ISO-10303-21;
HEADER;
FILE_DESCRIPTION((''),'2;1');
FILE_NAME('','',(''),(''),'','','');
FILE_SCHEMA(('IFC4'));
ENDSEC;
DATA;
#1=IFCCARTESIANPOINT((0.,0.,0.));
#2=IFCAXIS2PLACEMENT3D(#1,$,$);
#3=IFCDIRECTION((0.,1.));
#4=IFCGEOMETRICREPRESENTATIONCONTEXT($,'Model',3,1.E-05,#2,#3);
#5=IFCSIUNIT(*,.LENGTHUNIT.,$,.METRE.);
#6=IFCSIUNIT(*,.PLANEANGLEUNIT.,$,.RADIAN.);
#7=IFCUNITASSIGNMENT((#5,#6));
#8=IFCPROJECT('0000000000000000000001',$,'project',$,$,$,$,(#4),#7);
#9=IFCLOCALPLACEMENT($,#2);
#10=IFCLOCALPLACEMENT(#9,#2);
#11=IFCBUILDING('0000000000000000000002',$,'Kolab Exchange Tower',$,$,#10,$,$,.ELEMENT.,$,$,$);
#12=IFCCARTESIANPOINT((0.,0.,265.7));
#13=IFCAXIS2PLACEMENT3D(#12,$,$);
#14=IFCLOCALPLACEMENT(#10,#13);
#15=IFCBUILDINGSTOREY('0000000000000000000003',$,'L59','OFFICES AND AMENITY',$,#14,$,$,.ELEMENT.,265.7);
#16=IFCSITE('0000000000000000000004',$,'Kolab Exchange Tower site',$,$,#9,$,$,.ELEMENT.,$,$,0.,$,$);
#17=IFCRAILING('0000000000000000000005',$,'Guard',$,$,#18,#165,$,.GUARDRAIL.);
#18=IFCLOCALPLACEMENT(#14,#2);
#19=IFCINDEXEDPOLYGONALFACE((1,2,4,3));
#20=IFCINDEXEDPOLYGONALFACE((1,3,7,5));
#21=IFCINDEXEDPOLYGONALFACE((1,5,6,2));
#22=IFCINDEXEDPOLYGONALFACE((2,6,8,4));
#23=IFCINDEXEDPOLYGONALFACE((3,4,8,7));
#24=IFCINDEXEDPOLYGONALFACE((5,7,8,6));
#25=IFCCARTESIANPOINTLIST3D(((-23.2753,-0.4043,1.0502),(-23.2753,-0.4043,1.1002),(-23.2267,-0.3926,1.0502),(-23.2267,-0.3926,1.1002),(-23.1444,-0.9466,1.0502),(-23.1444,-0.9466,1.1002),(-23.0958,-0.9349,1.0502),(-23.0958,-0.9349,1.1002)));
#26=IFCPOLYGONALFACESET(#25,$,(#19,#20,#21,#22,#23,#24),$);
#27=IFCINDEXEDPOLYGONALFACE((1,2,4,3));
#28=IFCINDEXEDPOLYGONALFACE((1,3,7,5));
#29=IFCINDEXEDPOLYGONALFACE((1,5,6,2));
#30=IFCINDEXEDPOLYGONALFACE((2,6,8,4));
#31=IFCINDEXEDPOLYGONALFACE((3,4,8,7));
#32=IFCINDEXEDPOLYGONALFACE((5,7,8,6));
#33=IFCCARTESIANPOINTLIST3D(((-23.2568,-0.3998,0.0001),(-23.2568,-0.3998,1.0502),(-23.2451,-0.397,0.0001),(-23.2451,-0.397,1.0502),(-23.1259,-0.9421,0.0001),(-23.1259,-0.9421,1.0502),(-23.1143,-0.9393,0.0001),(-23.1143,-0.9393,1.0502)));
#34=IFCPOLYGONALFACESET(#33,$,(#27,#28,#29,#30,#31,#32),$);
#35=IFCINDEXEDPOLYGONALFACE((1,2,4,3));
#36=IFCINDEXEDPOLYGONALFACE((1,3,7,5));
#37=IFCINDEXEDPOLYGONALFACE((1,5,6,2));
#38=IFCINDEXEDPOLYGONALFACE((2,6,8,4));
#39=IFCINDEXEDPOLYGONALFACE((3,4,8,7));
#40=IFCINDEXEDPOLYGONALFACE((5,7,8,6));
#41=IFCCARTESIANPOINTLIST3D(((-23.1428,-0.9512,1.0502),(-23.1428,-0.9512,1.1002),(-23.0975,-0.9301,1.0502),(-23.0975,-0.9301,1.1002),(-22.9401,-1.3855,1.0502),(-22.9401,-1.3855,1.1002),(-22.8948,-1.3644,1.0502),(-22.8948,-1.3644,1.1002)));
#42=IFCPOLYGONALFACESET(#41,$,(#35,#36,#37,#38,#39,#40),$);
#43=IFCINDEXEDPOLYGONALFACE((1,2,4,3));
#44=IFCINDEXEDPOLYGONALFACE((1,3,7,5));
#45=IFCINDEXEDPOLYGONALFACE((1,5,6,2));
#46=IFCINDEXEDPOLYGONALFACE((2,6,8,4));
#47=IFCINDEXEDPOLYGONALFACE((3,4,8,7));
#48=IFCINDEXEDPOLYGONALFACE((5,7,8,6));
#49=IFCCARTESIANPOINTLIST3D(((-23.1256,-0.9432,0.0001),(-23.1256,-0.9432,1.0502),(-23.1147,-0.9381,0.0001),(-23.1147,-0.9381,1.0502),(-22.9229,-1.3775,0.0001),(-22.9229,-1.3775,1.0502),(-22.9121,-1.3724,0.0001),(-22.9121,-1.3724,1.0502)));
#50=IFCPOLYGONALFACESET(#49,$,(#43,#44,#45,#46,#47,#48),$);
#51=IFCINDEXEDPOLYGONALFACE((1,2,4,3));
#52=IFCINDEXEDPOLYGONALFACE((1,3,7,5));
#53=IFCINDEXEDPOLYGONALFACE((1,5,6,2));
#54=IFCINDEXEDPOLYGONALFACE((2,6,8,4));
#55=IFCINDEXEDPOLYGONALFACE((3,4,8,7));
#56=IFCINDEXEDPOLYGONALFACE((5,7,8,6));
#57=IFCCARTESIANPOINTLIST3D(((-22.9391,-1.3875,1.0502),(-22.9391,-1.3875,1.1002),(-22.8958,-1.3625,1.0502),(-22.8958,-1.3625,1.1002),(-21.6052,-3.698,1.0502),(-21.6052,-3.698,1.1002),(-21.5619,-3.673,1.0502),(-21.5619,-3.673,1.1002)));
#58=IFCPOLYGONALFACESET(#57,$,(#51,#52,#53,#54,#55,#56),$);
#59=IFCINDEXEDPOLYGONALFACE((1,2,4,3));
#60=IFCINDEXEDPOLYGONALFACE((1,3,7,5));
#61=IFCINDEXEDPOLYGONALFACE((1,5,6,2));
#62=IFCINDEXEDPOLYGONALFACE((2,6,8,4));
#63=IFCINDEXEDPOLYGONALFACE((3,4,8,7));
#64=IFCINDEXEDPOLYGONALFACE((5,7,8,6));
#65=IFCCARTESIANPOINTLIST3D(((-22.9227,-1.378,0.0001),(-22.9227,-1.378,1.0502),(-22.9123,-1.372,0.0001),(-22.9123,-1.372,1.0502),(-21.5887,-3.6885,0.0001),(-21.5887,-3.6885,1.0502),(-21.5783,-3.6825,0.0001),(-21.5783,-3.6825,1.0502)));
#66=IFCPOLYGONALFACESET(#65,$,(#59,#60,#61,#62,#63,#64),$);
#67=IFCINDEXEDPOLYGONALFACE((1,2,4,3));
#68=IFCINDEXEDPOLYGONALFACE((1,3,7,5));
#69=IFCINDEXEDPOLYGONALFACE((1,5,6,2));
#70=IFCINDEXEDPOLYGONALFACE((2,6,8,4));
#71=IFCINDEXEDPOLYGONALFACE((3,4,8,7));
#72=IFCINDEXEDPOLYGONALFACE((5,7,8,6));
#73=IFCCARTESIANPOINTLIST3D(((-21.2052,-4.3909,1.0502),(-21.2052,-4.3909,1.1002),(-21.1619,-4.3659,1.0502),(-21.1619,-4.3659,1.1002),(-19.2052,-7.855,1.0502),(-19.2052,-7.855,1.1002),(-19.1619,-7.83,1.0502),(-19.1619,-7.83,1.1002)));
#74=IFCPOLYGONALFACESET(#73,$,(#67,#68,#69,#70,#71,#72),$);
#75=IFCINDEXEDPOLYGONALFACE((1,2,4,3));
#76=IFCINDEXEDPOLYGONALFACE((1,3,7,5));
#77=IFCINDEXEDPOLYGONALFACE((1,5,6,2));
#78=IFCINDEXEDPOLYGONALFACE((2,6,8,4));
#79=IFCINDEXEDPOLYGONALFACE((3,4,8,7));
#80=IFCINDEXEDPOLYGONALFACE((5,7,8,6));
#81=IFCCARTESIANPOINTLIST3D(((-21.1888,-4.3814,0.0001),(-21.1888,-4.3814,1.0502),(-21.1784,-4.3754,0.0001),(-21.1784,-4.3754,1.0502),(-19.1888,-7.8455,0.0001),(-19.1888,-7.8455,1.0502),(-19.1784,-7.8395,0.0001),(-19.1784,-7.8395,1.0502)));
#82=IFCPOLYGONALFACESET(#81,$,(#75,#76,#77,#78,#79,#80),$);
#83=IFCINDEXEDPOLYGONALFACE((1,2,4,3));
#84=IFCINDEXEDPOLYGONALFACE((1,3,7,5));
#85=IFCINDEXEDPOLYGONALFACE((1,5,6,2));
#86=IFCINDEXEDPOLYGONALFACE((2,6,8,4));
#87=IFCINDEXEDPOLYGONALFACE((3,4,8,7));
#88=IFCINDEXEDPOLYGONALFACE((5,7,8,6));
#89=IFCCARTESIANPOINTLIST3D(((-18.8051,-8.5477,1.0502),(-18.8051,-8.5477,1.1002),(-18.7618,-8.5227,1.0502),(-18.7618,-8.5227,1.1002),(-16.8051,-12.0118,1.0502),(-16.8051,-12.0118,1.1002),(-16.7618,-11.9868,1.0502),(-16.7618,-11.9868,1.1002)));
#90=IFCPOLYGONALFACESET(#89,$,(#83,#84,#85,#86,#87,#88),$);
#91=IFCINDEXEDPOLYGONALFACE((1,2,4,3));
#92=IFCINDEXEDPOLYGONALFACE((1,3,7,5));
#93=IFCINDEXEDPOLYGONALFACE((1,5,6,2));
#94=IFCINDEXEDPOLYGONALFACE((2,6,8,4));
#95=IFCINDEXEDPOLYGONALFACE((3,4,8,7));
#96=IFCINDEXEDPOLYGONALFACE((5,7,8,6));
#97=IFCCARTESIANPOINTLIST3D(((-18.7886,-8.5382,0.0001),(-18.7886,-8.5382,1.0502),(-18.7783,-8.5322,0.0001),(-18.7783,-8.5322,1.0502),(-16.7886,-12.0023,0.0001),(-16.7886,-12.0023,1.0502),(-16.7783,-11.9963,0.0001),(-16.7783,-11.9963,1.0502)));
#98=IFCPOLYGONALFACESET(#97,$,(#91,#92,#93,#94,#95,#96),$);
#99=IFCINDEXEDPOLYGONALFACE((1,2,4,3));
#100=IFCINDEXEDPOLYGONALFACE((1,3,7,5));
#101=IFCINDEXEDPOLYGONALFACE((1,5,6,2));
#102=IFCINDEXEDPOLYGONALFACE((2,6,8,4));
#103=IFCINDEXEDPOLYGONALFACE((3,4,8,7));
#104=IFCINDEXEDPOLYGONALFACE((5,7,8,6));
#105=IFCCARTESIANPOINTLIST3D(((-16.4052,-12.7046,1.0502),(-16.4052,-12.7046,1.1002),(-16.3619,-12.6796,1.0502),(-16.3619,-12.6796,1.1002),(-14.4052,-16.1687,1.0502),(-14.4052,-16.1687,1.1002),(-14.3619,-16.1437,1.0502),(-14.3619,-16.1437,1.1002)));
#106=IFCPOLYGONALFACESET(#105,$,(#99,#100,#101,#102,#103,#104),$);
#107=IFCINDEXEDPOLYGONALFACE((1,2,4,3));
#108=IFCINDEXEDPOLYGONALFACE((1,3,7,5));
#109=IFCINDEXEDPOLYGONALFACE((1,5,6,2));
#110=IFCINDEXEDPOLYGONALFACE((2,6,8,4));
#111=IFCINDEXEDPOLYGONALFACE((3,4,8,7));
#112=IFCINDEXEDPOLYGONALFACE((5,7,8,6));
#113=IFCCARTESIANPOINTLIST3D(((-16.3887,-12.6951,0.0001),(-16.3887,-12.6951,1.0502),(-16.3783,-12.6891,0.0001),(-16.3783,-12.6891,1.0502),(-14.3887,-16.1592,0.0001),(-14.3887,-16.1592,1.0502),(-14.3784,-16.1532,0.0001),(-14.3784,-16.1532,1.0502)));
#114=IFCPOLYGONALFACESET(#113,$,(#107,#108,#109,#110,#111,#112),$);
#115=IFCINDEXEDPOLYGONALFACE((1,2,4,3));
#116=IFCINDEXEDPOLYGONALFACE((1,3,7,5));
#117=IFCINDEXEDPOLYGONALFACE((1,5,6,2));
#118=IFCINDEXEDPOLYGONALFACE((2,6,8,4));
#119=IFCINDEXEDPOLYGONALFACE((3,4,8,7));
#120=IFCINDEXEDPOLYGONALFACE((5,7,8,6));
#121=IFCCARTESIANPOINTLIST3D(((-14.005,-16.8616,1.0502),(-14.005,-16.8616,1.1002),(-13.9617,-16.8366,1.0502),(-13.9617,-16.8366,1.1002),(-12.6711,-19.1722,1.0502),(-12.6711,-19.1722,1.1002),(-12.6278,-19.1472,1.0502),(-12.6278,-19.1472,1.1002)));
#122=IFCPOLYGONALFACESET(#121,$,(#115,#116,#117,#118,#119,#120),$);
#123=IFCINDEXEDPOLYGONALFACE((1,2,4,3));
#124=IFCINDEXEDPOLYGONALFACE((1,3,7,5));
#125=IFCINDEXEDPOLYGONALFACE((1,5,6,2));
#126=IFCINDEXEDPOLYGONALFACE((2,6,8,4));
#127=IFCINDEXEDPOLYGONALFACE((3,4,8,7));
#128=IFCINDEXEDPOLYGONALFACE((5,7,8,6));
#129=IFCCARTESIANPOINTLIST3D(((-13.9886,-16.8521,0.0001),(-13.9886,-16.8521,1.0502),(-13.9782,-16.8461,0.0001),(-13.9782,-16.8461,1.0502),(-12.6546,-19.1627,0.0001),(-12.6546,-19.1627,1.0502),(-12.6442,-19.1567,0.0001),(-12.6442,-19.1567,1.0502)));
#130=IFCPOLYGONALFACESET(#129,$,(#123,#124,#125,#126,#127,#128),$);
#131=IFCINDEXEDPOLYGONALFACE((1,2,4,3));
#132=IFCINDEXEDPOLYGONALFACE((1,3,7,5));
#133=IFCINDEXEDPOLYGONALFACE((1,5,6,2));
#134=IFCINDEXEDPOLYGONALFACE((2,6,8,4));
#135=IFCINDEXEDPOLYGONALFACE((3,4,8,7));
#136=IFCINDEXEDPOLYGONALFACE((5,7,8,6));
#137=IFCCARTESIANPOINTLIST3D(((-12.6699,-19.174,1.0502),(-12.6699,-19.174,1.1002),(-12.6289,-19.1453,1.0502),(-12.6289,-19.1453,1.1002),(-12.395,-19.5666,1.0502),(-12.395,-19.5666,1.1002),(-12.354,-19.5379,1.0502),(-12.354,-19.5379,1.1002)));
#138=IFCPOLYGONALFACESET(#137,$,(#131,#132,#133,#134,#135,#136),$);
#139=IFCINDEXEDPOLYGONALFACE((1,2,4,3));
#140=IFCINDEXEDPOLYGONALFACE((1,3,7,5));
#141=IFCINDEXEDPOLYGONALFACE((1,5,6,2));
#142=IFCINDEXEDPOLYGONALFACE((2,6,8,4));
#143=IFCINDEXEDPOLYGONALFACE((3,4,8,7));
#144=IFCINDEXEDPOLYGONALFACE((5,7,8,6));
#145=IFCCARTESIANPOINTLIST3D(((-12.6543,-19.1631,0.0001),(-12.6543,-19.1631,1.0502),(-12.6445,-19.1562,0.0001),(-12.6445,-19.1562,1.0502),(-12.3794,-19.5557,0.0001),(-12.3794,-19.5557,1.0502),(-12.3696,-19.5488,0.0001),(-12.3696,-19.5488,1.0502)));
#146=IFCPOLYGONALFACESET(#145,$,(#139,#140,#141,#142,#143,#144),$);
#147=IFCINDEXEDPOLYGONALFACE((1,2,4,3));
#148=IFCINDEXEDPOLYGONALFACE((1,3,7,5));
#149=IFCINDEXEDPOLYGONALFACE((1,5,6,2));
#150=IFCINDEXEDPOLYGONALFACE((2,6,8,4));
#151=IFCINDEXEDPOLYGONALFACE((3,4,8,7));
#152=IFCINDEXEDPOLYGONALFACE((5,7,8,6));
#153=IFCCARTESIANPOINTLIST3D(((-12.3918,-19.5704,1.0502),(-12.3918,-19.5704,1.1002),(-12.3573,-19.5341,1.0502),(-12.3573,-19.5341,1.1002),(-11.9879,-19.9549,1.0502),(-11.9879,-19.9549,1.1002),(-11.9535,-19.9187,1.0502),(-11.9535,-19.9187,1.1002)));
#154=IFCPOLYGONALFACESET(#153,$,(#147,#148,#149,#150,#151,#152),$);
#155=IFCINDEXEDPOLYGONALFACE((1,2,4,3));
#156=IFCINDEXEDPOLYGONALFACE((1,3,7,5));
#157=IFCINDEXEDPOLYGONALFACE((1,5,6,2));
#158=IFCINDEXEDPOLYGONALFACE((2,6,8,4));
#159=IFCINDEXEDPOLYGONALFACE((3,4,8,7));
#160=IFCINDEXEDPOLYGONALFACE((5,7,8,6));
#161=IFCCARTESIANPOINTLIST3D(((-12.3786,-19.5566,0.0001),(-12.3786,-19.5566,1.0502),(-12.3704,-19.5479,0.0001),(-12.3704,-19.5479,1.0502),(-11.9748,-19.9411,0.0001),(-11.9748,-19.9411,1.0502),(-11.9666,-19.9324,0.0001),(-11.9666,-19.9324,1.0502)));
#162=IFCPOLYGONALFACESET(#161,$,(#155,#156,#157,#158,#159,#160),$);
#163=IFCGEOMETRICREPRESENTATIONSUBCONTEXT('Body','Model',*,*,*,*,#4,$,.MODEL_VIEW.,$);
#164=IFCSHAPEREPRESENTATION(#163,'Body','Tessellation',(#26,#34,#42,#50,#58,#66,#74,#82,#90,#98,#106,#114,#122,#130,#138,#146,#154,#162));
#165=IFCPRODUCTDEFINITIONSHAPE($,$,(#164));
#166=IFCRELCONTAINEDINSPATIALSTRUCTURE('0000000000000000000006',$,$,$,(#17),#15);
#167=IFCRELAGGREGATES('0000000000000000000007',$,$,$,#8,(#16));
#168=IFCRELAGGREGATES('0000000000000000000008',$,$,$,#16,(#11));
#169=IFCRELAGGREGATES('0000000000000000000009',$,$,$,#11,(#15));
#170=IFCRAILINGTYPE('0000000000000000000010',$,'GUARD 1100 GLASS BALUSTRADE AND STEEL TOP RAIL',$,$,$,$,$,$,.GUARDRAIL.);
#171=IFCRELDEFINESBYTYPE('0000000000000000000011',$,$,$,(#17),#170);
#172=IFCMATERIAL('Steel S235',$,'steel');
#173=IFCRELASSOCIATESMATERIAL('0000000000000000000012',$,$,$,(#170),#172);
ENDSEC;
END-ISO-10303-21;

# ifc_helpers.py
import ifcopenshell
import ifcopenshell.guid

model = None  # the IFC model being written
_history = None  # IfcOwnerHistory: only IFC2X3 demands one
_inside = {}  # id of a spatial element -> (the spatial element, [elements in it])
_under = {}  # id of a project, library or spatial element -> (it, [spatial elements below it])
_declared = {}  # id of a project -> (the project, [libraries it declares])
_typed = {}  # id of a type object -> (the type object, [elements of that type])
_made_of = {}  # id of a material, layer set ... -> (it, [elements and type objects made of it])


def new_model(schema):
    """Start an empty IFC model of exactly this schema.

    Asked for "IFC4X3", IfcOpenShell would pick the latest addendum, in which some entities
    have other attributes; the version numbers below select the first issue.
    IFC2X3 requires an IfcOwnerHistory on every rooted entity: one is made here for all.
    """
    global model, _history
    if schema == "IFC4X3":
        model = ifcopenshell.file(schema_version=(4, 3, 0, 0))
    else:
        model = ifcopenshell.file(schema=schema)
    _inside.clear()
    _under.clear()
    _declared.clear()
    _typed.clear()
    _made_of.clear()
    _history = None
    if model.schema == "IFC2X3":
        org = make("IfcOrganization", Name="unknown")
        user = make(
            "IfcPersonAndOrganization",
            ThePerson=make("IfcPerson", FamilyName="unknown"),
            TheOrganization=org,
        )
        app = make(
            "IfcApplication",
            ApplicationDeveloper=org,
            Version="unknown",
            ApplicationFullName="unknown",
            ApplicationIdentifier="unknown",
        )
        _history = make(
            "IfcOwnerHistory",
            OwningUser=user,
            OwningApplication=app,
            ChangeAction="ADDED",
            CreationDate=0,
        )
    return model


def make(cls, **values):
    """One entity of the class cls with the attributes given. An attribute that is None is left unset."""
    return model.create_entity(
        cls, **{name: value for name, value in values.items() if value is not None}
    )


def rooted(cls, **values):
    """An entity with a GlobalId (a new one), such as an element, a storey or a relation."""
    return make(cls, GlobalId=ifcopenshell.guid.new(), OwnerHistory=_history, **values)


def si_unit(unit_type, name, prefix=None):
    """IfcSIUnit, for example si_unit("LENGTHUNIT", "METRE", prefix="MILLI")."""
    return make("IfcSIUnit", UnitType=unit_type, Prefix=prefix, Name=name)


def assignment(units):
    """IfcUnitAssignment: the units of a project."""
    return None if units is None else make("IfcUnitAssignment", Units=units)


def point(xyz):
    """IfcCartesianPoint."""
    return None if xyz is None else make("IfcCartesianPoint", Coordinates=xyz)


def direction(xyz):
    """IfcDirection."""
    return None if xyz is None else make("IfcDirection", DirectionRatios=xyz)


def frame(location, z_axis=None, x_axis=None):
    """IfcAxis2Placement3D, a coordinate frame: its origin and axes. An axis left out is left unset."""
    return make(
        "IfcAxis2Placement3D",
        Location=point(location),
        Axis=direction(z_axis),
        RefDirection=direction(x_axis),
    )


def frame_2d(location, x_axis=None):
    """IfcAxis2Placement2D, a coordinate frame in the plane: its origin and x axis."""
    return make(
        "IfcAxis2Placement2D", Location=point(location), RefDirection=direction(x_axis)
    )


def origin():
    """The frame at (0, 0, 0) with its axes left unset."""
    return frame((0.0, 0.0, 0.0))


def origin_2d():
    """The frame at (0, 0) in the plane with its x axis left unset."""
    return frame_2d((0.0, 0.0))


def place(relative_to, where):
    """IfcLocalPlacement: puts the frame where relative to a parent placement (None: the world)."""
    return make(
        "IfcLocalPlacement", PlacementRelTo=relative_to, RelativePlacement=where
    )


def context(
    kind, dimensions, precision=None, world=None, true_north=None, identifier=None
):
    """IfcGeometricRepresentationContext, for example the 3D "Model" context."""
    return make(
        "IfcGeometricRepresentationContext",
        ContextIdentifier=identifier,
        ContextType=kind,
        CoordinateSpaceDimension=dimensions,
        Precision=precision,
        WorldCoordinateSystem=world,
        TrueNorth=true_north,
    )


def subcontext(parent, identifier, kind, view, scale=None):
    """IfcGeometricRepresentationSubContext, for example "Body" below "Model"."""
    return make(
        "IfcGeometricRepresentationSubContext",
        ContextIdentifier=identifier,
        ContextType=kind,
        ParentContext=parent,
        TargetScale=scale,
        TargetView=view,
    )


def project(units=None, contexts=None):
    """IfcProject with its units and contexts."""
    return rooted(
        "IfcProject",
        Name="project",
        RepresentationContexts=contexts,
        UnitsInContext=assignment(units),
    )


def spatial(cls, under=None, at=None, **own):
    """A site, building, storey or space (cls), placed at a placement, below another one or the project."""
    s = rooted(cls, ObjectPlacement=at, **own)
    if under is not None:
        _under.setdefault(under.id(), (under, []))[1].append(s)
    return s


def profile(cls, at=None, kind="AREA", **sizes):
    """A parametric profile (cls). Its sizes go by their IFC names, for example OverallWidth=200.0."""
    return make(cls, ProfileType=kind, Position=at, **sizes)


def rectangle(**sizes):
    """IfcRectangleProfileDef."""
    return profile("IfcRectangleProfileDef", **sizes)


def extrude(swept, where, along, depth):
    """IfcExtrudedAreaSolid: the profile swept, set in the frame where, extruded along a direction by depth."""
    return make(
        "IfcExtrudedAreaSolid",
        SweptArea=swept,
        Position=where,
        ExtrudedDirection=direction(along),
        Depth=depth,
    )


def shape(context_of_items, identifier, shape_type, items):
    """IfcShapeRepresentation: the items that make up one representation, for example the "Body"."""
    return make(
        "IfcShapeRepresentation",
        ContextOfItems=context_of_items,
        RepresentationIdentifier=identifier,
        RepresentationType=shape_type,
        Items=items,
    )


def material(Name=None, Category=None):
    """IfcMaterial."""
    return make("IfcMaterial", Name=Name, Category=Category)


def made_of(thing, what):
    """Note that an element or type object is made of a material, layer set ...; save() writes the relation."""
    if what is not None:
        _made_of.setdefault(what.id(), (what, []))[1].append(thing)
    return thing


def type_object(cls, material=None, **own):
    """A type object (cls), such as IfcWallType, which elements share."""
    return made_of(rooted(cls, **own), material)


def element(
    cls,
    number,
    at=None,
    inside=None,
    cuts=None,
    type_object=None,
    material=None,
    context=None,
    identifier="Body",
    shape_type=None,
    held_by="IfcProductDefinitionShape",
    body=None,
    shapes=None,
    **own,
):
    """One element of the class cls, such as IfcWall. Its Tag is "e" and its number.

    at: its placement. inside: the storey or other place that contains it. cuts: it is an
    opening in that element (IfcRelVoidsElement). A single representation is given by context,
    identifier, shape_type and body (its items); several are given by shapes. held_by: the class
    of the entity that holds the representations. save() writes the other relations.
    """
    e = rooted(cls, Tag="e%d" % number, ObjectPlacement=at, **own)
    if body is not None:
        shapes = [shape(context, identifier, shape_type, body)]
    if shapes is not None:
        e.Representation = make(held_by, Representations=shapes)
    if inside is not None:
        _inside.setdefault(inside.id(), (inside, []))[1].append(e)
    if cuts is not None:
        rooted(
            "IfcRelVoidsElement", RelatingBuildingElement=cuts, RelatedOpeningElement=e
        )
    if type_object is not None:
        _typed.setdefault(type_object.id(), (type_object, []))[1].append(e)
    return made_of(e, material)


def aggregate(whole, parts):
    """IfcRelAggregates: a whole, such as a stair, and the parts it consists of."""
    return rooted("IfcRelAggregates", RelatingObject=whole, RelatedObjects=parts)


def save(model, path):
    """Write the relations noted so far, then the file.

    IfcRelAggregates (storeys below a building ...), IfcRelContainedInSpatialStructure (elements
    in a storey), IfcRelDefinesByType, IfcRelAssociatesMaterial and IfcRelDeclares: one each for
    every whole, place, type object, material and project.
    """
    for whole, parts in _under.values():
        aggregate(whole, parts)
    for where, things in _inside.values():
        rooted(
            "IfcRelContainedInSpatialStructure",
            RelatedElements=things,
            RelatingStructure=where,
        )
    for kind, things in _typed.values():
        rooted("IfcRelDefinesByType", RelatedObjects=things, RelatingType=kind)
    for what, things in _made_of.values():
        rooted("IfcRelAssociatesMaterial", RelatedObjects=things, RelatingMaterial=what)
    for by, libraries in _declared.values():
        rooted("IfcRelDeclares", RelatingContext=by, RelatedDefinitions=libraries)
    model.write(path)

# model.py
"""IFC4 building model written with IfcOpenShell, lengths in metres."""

from ifc_helpers import new_model, si_unit, direction, frame, frame_2d, origin, origin_2d, place, context, subcontext, project, spatial, rectangle, extrude, material, type_object, element, save


model = new_model("IFC4")

# Units and contexts
model_context = context("Model", 3, precision=1e-05, world=origin(), true_north=direction((0.0, 1.0)))
body_context = subcontext(model_context, "Body", "Model", "MODEL_VIEW")
ifc_project = project(units=[si_unit("LENGTHUNIT", "METRE"), si_unit("PLANEANGLEUNIT", "RADIAN")], contexts=[model_context])

# Site, building, storey
site_placement = place(None, origin())
site = spatial("IfcSite", under=ifc_project, at=site_placement, Name="Kolab Exchange Tower site", CompositionType="ELEMENT", RefElevation=0.0)
building_placement = place(site_placement, origin())
building = spatial("IfcBuilding", under=site, at=building_placement, Name="Kolab Exchange Tower", CompositionType="ELEMENT")
storey_placement = place(building_placement, frame((0.0, 0.0, 265.7)))
storey = spatial("IfcBuildingStorey", under=building, at=storey_placement, Name="L59", Description="OFFICES AND AMENITY", CompositionType="ELEMENT", Elevation=265.7)

# Railing
ifc_material_1 = material(Name="Steel S235", Category="steel")
railing_type = type_object("IfcRailingType", Name="GUARD 1100 GLASS BALUSTRADE AND STEEL TOP RAIL", PredefinedType="GUARDRAIL", material=ifc_material_1)
railing_placement = place(storey_placement, frame((-23.251, -0.3984, 0.0)))
element("IfcRailing", 1, at=railing_placement, inside=storey, type_object=railing_type, Name="Guard", PredefinedType="GUARDRAIL", context=body_context, shape_type="SweptSolid", body=[
    extrude(rectangle(XDim=0.05, YDim=0.05, at=origin_2d()), frame((0.0, 0.0, 1.0752), z_axis=(0.234598, -0.972093, 0.0), x_axis=(0.972093, 0.234598, 0.0)), (0.0, 0.0, 1.0), 0.5579),
    extrude(rectangle(XDim=0.012, YDim=1.0501, at=frame_2d((0.0, 0.5251))), frame((0.0, 0.0, 0.0), z_axis=(0.234598, -0.972093, 0.0), x_axis=(0.972093, 0.234598, 0.0)), (0.0, 0.0, 1.0), 0.5579),
    extrude(rectangle(XDim=0.05, YDim=0.05, at=origin_2d()), frame((0.1309, -0.5422, 1.0752), z_axis=(0.422802, -0.906222, 0.0), x_axis=(0.906222, 0.422802, 0.0)), (0.0, 0.0, 1.0), 0.4792),
    extrude(rectangle(XDim=0.012, YDim=1.0501, at=frame_2d((0.0, 0.5251))), frame((0.1309, -0.5422, 0.0), z_axis=(0.422802, -0.906222, 0.0), x_axis=(0.906222, 0.422802, 0.0)), (0.0, 0.0, 1.0), 0.4792),
    extrude(rectangle(XDim=0.05, YDim=0.05, at=origin_2d()), frame((0.3335, -0.9766, 1.0752), z_axis=(0.499997, -0.866027, 0.0), x_axis=(0.866027, 0.499997, 0.0)), (0.0, 0.0, 1.0), 2.668),
    extrude(rectangle(XDim=0.012, YDim=1.0501, at=frame_2d((0.0, 0.5251))), frame((0.3335, -0.9766, 0.0), z_axis=(0.499997, -0.866027, 0.0), x_axis=(0.866027, 0.499997, 0.0)), (0.0, 0.0, 1.0), 2.668),
    extrude(rectangle(XDim=0.05, YDim=0.05, at=origin_2d()), frame((2.0674, -3.98, 1.0752), z_axis=(0.499999, -0.866026, 0.0), x_axis=(0.866026, 0.499999, 0.0)), (0.0, 0.0, 1.0), 4.0),
    extrude(rectangle(XDim=0.012, YDim=1.0501, at=frame_2d((0.0, 0.5251))), frame((2.0674, -3.98, 0.0), z_axis=(0.499999, -0.866026, 0.0), x_axis=(0.866026, 0.499999, 0.0)), (0.0, 0.0, 1.0), 4.0),
    extrude(rectangle(XDim=0.05, YDim=0.05, at=origin_2d()), frame((4.4675, -8.1367, 1.0752), z_axis=(0.499999, -0.866026, 0.0), x_axis=(0.866026, 0.499999, 0.0)), (0.0, 0.0, 1.0), 4.0),
    extrude(rectangle(XDim=0.012, YDim=1.0501, at=frame_2d((0.0, 0.5251))), frame((4.4675, -8.1367, 0.0), z_axis=(0.499999, -0.866026, 0.0), x_axis=(0.866026, 0.499999, 0.0)), (0.0, 0.0, 1.0), 4.0),
    extrude(rectangle(XDim=0.05, YDim=0.05, at=origin_2d()), frame((6.8674, -12.2937, 1.0752), z_axis=(0.499999, -0.866026, 0.0), x_axis=(0.866026, 0.499999, 0.0)), (0.0, 0.0, 1.0), 4.0),
    extrude(rectangle(XDim=0.012, YDim=1.0501, at=frame_2d((0.0, 0.5251))), frame((6.8674, -12.2937, 0.0), z_axis=(0.499999, -0.866026, 0.0), x_axis=(0.866026, 0.499999, 0.0)), (0.0, 0.0, 1.0), 4.0),
    extrude(rectangle(XDim=0.05, YDim=0.05, at=origin_2d()), frame((9.2676, -16.4507, 1.0752), z_axis=(0.499997, -0.866027, 0.0), x_axis=(0.866027, 0.499997, 0.0)), (0.0, 0.0, 1.0), 2.668),
    extrude(rectangle(XDim=0.012, YDim=1.0501, at=frame_2d((0.0, 0.5251))), frame((9.2676, -16.4507, 0.0), z_axis=(0.499997, -0.866027, 0.0), x_axis=(0.866027, 0.499997, 0.0)), (0.0, 0.0, 1.0), 2.668),
    extrude(rectangle(XDim=0.05, YDim=0.05, at=origin_2d()), frame((10.6016, -18.7612, 1.0752), z_axis=(0.573599, -0.819136, 0.0), x_axis=(0.819136, 0.573599, 0.0)), (0.0, 0.0, 1.0), 0.4792),
    extrude(rectangle(XDim=0.012, YDim=1.0501, at=frame_2d((0.0, 0.5251))), frame((10.6016, -18.7612, 0.0), z_axis=(0.573599, -0.819136, 0.0), x_axis=(0.819136, 0.573599, 0.0)), (0.0, 0.0, 1.0), 0.4792),
    extrude(rectangle(XDim=0.05, YDim=0.05, at=origin_2d()), frame((10.8765, -19.1538, 1.0752), z_axis=(0.72419, -0.689601, 0.0), x_axis=(0.689601, 0.72419, 0.0)), (0.0, 0.0, 1.0), 0.5576),
    extrude(rectangle(XDim=0.012, YDim=1.0501, at=frame_2d((0.0, 0.5251))), frame((10.8765, -19.1538, 0.0), z_axis=(0.72419, -0.689601, 0.0), x_axis=(0.689601, 0.72419, 0.0)), (0.0, 0.0, 1.0), 0.5576),
])

save(model, "model.ifc")
